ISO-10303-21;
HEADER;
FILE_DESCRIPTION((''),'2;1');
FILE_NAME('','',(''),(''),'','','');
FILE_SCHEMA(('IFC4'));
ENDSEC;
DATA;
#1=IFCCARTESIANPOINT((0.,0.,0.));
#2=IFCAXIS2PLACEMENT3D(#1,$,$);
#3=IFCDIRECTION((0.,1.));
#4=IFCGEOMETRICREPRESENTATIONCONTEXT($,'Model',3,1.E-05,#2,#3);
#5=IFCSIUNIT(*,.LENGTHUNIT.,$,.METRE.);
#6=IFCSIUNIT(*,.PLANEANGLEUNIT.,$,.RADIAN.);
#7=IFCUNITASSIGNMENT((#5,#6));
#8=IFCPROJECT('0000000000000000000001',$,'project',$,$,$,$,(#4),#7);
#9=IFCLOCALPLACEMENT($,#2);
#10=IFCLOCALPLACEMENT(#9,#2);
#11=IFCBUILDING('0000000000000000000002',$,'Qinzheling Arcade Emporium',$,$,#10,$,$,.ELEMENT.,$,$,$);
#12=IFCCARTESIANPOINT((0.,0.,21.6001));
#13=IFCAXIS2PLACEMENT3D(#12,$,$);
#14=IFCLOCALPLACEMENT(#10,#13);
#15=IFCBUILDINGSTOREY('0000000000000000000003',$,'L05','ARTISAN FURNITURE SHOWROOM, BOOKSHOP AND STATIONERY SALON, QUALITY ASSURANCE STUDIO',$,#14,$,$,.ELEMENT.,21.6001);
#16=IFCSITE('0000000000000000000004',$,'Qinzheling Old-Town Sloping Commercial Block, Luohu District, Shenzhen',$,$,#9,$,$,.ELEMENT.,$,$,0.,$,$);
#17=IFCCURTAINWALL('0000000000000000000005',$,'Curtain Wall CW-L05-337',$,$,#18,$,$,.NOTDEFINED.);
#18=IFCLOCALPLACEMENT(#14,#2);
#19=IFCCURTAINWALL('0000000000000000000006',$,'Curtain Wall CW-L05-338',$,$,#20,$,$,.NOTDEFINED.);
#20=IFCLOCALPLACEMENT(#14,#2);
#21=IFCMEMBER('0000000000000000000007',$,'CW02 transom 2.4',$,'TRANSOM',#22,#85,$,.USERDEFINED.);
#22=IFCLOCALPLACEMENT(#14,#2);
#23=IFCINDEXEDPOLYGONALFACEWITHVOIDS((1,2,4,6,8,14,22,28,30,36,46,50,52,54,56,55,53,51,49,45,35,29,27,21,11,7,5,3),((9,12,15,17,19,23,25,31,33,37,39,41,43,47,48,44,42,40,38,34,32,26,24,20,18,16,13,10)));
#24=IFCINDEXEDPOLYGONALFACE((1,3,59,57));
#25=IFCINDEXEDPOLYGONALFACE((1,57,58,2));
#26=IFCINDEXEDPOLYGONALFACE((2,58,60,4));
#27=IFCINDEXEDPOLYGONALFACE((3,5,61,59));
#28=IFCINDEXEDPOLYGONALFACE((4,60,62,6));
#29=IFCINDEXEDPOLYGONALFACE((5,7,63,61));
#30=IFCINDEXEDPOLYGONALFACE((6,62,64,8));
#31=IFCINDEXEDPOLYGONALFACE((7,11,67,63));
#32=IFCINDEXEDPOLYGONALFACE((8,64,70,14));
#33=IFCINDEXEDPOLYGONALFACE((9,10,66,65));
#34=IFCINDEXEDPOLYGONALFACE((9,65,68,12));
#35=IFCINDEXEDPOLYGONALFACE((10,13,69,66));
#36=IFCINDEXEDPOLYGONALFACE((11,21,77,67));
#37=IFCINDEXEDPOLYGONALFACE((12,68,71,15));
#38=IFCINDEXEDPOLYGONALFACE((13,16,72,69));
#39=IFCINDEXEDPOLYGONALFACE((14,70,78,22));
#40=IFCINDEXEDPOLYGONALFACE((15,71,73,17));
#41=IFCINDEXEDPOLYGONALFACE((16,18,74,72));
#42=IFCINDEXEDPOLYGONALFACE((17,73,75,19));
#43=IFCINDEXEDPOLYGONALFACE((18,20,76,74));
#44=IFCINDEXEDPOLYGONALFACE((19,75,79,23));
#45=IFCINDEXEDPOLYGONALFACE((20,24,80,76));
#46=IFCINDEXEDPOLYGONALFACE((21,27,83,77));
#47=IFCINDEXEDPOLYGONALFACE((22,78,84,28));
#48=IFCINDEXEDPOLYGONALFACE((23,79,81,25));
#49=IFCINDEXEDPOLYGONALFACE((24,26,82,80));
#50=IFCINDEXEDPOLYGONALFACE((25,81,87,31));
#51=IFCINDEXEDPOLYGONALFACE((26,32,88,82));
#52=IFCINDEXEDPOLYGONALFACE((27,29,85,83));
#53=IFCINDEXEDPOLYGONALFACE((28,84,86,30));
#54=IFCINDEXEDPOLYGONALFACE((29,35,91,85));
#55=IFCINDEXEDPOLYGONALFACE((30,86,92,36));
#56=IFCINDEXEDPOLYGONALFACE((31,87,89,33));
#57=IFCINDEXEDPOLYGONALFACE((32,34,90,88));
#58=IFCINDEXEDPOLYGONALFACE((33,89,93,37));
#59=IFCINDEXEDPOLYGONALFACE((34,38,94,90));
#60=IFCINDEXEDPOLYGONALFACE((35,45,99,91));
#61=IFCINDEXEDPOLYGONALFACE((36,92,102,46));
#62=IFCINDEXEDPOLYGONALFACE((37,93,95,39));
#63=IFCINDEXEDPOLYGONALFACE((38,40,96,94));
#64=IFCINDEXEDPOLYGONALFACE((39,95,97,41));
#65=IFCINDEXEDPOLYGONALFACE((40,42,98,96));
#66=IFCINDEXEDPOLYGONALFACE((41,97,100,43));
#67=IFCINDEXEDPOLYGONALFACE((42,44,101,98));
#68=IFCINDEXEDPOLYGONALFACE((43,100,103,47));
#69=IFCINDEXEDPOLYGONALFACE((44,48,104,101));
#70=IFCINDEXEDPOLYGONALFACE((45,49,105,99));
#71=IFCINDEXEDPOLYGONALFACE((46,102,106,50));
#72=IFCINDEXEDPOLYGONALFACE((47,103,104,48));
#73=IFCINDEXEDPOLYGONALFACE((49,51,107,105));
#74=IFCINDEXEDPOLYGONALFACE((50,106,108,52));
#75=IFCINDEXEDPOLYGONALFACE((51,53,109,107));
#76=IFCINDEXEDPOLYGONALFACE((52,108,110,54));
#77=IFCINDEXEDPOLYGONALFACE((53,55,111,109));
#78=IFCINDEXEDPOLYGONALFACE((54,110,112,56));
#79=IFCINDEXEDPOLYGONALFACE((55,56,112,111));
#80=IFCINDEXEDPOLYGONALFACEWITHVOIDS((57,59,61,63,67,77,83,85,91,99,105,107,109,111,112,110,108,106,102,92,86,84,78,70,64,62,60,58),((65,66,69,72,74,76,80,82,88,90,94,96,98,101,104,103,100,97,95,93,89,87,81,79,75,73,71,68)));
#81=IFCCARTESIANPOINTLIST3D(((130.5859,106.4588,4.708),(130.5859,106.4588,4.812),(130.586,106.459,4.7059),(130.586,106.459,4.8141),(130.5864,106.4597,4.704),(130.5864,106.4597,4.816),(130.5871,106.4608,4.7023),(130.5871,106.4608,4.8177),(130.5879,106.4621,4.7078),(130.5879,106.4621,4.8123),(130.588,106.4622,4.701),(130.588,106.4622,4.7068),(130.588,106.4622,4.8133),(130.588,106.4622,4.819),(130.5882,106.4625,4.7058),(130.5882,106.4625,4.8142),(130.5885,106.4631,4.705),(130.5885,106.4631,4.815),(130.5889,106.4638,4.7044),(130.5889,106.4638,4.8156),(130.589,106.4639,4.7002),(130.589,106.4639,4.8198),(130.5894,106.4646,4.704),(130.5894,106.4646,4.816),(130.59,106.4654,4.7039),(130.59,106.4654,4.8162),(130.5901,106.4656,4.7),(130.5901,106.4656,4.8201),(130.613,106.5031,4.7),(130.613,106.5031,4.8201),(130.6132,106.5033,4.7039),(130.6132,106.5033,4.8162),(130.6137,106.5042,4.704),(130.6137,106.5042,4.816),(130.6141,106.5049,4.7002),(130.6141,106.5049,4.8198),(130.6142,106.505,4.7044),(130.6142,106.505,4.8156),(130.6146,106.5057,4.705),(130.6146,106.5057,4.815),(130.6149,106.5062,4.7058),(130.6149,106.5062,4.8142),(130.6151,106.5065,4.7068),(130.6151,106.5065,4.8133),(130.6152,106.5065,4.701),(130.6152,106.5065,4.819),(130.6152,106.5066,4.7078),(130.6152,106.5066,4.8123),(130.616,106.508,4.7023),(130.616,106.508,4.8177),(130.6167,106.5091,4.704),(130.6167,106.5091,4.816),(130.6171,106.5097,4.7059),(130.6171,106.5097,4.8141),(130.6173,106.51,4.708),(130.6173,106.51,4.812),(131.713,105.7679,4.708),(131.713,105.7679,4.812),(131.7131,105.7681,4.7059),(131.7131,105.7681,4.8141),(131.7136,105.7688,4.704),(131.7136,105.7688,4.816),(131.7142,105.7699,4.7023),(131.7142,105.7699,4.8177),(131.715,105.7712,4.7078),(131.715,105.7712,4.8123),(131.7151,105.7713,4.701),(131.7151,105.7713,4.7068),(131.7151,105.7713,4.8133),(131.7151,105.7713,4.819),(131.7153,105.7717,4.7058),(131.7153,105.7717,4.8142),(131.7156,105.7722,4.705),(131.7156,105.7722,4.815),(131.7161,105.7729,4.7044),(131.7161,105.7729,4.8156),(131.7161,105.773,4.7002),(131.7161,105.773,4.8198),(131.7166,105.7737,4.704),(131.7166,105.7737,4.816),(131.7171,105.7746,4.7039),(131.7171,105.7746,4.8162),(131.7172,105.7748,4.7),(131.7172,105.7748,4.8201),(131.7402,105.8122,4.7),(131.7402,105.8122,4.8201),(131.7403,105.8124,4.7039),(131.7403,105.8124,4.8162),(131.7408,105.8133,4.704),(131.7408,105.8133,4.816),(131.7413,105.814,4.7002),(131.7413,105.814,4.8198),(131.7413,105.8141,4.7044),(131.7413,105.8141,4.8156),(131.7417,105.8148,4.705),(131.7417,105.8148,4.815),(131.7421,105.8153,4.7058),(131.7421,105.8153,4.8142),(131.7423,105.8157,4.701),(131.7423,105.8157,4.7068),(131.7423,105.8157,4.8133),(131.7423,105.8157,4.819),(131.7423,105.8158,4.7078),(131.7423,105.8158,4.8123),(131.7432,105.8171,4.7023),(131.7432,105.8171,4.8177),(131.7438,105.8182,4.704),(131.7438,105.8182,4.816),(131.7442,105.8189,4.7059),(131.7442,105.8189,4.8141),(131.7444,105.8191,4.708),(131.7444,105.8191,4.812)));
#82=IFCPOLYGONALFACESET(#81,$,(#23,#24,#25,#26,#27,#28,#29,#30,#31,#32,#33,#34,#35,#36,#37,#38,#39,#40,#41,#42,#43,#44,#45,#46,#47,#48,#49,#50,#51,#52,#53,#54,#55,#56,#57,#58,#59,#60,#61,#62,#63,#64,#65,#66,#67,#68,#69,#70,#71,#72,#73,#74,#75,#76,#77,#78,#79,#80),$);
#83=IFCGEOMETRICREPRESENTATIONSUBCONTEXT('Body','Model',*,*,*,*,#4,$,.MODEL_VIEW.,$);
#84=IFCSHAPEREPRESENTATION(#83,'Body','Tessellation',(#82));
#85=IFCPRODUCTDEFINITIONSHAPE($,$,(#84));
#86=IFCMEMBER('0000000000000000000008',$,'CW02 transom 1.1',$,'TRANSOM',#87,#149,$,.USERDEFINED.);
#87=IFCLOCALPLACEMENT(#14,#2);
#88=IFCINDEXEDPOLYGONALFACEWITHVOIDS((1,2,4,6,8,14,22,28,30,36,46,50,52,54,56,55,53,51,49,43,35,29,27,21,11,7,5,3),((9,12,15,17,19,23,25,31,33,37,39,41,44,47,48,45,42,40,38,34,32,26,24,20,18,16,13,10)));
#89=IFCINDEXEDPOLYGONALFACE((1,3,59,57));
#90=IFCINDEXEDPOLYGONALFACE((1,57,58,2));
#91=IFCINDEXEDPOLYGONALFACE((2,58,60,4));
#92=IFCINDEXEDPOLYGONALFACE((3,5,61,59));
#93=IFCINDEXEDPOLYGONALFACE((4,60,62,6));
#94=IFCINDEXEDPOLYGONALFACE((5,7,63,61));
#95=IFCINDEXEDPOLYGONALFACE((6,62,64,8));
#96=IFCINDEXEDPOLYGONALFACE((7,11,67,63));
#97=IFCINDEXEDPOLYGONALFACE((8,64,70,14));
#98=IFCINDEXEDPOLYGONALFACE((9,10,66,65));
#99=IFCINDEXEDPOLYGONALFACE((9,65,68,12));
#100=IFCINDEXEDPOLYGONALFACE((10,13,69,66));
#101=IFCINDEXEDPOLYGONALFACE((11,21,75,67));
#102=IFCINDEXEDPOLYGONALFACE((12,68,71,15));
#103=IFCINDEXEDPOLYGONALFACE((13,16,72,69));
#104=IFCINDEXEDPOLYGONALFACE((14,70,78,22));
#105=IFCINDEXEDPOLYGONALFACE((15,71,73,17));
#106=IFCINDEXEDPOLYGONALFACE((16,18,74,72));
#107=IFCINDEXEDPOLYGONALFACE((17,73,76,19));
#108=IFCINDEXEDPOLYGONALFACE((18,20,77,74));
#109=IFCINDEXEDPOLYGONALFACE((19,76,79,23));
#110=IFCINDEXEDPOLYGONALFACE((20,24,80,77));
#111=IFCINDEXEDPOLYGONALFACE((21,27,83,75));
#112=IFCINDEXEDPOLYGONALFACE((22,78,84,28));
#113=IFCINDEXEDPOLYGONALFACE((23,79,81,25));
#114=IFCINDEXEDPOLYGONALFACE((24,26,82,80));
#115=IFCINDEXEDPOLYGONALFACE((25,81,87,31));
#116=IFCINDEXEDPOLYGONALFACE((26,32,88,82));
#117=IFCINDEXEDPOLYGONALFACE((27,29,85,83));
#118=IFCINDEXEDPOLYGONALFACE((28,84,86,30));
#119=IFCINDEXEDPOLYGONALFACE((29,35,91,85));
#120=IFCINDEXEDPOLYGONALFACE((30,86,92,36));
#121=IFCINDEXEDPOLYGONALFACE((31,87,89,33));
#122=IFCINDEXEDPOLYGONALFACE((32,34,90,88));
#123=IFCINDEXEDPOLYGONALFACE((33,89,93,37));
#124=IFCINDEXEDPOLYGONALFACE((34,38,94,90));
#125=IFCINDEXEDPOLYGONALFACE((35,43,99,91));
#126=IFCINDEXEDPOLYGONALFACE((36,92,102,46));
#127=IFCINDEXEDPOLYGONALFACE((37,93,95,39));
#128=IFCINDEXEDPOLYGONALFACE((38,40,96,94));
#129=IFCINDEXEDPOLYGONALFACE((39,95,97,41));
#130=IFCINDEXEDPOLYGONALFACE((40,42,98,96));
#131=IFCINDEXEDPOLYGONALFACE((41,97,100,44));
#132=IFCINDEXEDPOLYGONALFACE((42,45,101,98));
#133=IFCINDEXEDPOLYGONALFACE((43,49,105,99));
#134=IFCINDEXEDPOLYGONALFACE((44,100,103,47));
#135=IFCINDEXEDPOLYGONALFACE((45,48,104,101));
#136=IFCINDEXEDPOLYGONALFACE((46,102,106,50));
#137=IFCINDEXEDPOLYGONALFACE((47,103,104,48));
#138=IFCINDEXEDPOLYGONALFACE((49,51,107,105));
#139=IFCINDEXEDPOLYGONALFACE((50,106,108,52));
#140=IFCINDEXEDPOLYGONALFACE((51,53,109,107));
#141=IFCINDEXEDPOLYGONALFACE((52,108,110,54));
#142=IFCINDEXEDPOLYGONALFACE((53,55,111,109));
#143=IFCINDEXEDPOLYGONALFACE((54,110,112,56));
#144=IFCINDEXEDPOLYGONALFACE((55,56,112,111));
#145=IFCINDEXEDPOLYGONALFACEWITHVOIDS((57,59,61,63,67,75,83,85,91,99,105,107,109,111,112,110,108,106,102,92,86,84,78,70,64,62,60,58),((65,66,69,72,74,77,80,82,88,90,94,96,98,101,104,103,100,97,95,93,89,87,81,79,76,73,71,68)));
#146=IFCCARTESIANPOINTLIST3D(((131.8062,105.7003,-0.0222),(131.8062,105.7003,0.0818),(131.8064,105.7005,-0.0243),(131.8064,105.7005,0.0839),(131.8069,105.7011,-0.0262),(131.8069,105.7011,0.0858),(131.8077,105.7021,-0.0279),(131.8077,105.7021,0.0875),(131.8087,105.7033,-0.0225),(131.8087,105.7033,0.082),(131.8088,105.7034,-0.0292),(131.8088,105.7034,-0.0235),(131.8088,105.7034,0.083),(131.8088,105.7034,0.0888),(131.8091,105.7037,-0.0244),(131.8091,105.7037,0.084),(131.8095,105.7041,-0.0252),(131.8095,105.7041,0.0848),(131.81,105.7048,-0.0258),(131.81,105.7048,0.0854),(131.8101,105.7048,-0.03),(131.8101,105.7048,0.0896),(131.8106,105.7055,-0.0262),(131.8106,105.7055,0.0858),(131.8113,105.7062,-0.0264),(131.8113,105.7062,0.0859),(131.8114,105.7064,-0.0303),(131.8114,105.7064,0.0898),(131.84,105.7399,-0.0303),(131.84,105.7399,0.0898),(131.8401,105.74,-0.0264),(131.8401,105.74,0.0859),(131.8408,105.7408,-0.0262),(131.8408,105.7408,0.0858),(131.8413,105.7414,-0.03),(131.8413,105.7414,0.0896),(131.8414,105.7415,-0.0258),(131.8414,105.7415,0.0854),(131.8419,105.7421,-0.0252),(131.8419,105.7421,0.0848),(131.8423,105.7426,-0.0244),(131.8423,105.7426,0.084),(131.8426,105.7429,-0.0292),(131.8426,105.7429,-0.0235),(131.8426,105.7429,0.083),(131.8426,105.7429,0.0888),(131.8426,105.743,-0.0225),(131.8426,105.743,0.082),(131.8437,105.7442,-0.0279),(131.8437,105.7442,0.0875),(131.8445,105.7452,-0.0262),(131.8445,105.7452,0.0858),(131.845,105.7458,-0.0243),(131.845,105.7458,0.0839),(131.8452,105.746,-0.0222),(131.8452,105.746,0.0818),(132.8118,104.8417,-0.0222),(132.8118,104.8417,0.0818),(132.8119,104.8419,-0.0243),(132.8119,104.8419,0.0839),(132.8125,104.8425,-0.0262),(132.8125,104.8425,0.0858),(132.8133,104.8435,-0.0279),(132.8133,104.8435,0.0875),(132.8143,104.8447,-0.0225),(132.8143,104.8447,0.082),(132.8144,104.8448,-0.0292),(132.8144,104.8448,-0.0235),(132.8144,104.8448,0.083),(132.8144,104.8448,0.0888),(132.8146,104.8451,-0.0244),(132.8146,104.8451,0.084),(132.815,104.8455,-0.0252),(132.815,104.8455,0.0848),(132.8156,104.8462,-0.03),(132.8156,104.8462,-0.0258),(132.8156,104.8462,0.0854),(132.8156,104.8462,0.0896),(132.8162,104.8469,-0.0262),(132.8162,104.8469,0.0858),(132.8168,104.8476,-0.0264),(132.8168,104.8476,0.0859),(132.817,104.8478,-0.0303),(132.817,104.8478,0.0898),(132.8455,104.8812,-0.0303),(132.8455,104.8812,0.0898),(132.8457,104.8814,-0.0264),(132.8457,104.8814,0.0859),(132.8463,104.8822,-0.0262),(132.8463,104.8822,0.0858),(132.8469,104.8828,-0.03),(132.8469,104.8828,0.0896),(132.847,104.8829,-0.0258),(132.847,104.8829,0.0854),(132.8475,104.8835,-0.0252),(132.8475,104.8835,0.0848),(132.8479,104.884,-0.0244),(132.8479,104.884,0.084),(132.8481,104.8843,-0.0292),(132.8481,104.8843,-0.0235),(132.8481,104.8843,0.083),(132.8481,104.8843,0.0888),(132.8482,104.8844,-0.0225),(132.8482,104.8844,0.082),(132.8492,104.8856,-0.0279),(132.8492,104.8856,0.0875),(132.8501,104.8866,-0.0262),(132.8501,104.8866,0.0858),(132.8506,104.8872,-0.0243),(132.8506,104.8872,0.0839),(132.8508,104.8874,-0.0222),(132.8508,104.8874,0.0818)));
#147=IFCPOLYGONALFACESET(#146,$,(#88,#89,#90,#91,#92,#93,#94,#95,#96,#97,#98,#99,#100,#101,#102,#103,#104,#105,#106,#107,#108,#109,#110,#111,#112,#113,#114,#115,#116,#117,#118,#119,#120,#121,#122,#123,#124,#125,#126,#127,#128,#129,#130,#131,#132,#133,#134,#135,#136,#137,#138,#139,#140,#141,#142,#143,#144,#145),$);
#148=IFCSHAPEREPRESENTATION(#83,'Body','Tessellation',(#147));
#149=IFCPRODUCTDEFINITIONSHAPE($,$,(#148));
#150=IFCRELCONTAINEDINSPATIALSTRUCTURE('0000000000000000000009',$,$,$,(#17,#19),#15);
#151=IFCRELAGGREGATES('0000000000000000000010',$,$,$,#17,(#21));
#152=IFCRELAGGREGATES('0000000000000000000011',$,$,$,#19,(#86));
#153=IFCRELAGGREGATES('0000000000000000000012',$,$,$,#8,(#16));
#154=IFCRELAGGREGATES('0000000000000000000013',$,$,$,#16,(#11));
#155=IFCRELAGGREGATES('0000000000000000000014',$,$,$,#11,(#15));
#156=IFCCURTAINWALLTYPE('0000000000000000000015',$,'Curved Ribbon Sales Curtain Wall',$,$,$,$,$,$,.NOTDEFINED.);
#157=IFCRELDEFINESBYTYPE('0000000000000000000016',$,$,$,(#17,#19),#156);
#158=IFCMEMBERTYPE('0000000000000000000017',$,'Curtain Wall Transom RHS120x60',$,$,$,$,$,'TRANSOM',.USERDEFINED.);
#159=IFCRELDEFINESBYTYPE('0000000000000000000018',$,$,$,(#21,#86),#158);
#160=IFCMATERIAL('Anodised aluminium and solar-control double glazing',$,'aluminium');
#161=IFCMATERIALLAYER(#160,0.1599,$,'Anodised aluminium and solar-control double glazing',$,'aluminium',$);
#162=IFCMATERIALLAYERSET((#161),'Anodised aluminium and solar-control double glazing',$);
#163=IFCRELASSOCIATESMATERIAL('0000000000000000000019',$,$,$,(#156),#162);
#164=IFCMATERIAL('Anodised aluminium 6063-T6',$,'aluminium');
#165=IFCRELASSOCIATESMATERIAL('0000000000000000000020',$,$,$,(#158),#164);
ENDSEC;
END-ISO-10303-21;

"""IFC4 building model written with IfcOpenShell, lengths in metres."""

from ifc_helpers import new_model, si_unit, direction, frame, origin, origin_2d, place, context, subcontext, project, spatial, hollow_rectangle, extrude, material, layer, layer_set, material_profile, profile_set, type_object, element, aggregate, save


model = new_model("IFC4")

# Units and contexts
model_context = context("Model", 3, precision=1e-05, world=origin(), true_north=direction((0.0, 1.0)))
body_context = subcontext(model_context, "Body", "Model", "MODEL_VIEW")
ifc_project = project(units=[si_unit("LENGTHUNIT", "METRE"), si_unit("PLANEANGLEUNIT", "RADIAN")], contexts=[model_context])

# Site, building, storey
site_placement = place(None, origin())
site = spatial("IfcSite", under=ifc_project, at=site_placement, Name="Qinzheling Old-Town Sloping Commercial Block, Luohu District, Shenzhen", CompositionType="ELEMENT", RefElevation=0.0)
building_placement = place(site_placement, origin())
building = spatial("IfcBuilding", under=site, at=building_placement, Name="Qinzheling Arcade Emporium", CompositionType="ELEMENT")
storey_placement = place(building_placement, frame((0.0, 0.0, 21.6001)))
storey = spatial("IfcBuildingStorey", under=building, at=storey_placement, Name="L05", Description="ARTISAN FURNITURE SHOWROOM, BOOKSHOP AND STATIONERY SALON, QUALITY ASSURANCE STUDIO", CompositionType="ELEMENT", Elevation=21.6001)

# Curtain wall
ifc_material_1 = material(Name="Anodised aluminium and solar-control double glazing", Category="aluminium")
ifc_layer_1 = layer(ifc_material_1, 0.1599, Name="Anodised aluminium and solar-control double glazing", Category="aluminium")
ifc_layer_set_1 = layer_set([ifc_layer_1], Name="Anodised aluminium and solar-control double glazing")
curtain_wall_type = type_object("IfcCurtainWallType", Name="Curved Ribbon Sales Curtain Wall", PredefinedType="NOTDEFINED", material=ifc_layer_set_1)
curtain_wall_1_placement = place(storey_placement, origin())
curtain_wall_1 = element("IfcCurtainWall", 1, at=curtain_wall_1_placement, inside=storey, type_object=curtain_wall_type, Name="Curtain Wall CW-L05-337", PredefinedType="NOTDEFINED")
ifc_material_2 = material(Name="Anodised aluminium 6063-T6", Category="aluminium")

# Curtain wall
curtain_wall_2_placement = place(storey_placement, origin())
curtain_wall_2 = element("IfcCurtainWall", 2, at=curtain_wall_2_placement, inside=storey, type_object=curtain_wall_type, Name="Curtain Wall CW-L05-338", PredefinedType="NOTDEFINED")

# Members
ifc_material_profile_1 = material_profile(ifc_material_2, hollow_rectangle(XDim=0.0601, YDim=0.1201, WallThickness=0.0039, InnerFilletRadius=0.0039, OuterFilletRadius=0.0081, at=origin_2d()), Name="RHS 120x60x4", Category="aluminium")
ifc_profile_set_1 = profile_set([ifc_material_profile_1], Name="Anodised aluminium 6063-T6")
member_type_1 = type_object("IfcMemberType", Name="Curtain Wall Transom RHS120x60", ElementType="TRANSOM", PredefinedType="USERDEFINED", material=ifc_profile_set_1)
member_1_placement = place(storey_placement, frame((130.6016, 106.4844, 4.76), z_axis=(0.852583, -0.522592, 0.0), x_axis=(0.522592, 0.852583, 0.0)))
member_1 = element("IfcMember", 3, at=member_1_placement, type_object=member_type_1, Name="CW02 transom 2.4", ObjectType="TRANSOM", PredefinedType="USERDEFINED", context=body_context, shape_type="SweptSolid", body=[
    extrude(hollow_rectangle(XDim=0.0601, YDim=0.1201, WallThickness=0.0039, InnerFilletRadius=0.0039, OuterFilletRadius=0.0081, at=origin_2d()), origin(), (0.0, 0.0, 1.0), 1.322),
])
member_2_placement = place(storey_placement, frame((131.8257, 105.7231, 0.0298), z_axis=(0.760493, -0.649346, 0.0), x_axis=(0.649346, 0.760493, 0.0)))
member_2 = element("IfcMember", 4, at=member_2_placement, type_object=member_type_1, Name="CW02 transom 1.1", ObjectType="TRANSOM", PredefinedType="USERDEFINED", context=body_context, shape_type="SweptSolid", body=[
    extrude(hollow_rectangle(XDim=0.0601, YDim=0.1201, WallThickness=0.0039, InnerFilletRadius=0.0039, OuterFilletRadius=0.0081, at=origin_2d()), origin(), (0.0, 0.0, 1.0), 1.3223),
])

aggregate(curtain_wall_1, [member_1])
aggregate(curtain_wall_2, [member_2])

save(model, "model.ifc")
